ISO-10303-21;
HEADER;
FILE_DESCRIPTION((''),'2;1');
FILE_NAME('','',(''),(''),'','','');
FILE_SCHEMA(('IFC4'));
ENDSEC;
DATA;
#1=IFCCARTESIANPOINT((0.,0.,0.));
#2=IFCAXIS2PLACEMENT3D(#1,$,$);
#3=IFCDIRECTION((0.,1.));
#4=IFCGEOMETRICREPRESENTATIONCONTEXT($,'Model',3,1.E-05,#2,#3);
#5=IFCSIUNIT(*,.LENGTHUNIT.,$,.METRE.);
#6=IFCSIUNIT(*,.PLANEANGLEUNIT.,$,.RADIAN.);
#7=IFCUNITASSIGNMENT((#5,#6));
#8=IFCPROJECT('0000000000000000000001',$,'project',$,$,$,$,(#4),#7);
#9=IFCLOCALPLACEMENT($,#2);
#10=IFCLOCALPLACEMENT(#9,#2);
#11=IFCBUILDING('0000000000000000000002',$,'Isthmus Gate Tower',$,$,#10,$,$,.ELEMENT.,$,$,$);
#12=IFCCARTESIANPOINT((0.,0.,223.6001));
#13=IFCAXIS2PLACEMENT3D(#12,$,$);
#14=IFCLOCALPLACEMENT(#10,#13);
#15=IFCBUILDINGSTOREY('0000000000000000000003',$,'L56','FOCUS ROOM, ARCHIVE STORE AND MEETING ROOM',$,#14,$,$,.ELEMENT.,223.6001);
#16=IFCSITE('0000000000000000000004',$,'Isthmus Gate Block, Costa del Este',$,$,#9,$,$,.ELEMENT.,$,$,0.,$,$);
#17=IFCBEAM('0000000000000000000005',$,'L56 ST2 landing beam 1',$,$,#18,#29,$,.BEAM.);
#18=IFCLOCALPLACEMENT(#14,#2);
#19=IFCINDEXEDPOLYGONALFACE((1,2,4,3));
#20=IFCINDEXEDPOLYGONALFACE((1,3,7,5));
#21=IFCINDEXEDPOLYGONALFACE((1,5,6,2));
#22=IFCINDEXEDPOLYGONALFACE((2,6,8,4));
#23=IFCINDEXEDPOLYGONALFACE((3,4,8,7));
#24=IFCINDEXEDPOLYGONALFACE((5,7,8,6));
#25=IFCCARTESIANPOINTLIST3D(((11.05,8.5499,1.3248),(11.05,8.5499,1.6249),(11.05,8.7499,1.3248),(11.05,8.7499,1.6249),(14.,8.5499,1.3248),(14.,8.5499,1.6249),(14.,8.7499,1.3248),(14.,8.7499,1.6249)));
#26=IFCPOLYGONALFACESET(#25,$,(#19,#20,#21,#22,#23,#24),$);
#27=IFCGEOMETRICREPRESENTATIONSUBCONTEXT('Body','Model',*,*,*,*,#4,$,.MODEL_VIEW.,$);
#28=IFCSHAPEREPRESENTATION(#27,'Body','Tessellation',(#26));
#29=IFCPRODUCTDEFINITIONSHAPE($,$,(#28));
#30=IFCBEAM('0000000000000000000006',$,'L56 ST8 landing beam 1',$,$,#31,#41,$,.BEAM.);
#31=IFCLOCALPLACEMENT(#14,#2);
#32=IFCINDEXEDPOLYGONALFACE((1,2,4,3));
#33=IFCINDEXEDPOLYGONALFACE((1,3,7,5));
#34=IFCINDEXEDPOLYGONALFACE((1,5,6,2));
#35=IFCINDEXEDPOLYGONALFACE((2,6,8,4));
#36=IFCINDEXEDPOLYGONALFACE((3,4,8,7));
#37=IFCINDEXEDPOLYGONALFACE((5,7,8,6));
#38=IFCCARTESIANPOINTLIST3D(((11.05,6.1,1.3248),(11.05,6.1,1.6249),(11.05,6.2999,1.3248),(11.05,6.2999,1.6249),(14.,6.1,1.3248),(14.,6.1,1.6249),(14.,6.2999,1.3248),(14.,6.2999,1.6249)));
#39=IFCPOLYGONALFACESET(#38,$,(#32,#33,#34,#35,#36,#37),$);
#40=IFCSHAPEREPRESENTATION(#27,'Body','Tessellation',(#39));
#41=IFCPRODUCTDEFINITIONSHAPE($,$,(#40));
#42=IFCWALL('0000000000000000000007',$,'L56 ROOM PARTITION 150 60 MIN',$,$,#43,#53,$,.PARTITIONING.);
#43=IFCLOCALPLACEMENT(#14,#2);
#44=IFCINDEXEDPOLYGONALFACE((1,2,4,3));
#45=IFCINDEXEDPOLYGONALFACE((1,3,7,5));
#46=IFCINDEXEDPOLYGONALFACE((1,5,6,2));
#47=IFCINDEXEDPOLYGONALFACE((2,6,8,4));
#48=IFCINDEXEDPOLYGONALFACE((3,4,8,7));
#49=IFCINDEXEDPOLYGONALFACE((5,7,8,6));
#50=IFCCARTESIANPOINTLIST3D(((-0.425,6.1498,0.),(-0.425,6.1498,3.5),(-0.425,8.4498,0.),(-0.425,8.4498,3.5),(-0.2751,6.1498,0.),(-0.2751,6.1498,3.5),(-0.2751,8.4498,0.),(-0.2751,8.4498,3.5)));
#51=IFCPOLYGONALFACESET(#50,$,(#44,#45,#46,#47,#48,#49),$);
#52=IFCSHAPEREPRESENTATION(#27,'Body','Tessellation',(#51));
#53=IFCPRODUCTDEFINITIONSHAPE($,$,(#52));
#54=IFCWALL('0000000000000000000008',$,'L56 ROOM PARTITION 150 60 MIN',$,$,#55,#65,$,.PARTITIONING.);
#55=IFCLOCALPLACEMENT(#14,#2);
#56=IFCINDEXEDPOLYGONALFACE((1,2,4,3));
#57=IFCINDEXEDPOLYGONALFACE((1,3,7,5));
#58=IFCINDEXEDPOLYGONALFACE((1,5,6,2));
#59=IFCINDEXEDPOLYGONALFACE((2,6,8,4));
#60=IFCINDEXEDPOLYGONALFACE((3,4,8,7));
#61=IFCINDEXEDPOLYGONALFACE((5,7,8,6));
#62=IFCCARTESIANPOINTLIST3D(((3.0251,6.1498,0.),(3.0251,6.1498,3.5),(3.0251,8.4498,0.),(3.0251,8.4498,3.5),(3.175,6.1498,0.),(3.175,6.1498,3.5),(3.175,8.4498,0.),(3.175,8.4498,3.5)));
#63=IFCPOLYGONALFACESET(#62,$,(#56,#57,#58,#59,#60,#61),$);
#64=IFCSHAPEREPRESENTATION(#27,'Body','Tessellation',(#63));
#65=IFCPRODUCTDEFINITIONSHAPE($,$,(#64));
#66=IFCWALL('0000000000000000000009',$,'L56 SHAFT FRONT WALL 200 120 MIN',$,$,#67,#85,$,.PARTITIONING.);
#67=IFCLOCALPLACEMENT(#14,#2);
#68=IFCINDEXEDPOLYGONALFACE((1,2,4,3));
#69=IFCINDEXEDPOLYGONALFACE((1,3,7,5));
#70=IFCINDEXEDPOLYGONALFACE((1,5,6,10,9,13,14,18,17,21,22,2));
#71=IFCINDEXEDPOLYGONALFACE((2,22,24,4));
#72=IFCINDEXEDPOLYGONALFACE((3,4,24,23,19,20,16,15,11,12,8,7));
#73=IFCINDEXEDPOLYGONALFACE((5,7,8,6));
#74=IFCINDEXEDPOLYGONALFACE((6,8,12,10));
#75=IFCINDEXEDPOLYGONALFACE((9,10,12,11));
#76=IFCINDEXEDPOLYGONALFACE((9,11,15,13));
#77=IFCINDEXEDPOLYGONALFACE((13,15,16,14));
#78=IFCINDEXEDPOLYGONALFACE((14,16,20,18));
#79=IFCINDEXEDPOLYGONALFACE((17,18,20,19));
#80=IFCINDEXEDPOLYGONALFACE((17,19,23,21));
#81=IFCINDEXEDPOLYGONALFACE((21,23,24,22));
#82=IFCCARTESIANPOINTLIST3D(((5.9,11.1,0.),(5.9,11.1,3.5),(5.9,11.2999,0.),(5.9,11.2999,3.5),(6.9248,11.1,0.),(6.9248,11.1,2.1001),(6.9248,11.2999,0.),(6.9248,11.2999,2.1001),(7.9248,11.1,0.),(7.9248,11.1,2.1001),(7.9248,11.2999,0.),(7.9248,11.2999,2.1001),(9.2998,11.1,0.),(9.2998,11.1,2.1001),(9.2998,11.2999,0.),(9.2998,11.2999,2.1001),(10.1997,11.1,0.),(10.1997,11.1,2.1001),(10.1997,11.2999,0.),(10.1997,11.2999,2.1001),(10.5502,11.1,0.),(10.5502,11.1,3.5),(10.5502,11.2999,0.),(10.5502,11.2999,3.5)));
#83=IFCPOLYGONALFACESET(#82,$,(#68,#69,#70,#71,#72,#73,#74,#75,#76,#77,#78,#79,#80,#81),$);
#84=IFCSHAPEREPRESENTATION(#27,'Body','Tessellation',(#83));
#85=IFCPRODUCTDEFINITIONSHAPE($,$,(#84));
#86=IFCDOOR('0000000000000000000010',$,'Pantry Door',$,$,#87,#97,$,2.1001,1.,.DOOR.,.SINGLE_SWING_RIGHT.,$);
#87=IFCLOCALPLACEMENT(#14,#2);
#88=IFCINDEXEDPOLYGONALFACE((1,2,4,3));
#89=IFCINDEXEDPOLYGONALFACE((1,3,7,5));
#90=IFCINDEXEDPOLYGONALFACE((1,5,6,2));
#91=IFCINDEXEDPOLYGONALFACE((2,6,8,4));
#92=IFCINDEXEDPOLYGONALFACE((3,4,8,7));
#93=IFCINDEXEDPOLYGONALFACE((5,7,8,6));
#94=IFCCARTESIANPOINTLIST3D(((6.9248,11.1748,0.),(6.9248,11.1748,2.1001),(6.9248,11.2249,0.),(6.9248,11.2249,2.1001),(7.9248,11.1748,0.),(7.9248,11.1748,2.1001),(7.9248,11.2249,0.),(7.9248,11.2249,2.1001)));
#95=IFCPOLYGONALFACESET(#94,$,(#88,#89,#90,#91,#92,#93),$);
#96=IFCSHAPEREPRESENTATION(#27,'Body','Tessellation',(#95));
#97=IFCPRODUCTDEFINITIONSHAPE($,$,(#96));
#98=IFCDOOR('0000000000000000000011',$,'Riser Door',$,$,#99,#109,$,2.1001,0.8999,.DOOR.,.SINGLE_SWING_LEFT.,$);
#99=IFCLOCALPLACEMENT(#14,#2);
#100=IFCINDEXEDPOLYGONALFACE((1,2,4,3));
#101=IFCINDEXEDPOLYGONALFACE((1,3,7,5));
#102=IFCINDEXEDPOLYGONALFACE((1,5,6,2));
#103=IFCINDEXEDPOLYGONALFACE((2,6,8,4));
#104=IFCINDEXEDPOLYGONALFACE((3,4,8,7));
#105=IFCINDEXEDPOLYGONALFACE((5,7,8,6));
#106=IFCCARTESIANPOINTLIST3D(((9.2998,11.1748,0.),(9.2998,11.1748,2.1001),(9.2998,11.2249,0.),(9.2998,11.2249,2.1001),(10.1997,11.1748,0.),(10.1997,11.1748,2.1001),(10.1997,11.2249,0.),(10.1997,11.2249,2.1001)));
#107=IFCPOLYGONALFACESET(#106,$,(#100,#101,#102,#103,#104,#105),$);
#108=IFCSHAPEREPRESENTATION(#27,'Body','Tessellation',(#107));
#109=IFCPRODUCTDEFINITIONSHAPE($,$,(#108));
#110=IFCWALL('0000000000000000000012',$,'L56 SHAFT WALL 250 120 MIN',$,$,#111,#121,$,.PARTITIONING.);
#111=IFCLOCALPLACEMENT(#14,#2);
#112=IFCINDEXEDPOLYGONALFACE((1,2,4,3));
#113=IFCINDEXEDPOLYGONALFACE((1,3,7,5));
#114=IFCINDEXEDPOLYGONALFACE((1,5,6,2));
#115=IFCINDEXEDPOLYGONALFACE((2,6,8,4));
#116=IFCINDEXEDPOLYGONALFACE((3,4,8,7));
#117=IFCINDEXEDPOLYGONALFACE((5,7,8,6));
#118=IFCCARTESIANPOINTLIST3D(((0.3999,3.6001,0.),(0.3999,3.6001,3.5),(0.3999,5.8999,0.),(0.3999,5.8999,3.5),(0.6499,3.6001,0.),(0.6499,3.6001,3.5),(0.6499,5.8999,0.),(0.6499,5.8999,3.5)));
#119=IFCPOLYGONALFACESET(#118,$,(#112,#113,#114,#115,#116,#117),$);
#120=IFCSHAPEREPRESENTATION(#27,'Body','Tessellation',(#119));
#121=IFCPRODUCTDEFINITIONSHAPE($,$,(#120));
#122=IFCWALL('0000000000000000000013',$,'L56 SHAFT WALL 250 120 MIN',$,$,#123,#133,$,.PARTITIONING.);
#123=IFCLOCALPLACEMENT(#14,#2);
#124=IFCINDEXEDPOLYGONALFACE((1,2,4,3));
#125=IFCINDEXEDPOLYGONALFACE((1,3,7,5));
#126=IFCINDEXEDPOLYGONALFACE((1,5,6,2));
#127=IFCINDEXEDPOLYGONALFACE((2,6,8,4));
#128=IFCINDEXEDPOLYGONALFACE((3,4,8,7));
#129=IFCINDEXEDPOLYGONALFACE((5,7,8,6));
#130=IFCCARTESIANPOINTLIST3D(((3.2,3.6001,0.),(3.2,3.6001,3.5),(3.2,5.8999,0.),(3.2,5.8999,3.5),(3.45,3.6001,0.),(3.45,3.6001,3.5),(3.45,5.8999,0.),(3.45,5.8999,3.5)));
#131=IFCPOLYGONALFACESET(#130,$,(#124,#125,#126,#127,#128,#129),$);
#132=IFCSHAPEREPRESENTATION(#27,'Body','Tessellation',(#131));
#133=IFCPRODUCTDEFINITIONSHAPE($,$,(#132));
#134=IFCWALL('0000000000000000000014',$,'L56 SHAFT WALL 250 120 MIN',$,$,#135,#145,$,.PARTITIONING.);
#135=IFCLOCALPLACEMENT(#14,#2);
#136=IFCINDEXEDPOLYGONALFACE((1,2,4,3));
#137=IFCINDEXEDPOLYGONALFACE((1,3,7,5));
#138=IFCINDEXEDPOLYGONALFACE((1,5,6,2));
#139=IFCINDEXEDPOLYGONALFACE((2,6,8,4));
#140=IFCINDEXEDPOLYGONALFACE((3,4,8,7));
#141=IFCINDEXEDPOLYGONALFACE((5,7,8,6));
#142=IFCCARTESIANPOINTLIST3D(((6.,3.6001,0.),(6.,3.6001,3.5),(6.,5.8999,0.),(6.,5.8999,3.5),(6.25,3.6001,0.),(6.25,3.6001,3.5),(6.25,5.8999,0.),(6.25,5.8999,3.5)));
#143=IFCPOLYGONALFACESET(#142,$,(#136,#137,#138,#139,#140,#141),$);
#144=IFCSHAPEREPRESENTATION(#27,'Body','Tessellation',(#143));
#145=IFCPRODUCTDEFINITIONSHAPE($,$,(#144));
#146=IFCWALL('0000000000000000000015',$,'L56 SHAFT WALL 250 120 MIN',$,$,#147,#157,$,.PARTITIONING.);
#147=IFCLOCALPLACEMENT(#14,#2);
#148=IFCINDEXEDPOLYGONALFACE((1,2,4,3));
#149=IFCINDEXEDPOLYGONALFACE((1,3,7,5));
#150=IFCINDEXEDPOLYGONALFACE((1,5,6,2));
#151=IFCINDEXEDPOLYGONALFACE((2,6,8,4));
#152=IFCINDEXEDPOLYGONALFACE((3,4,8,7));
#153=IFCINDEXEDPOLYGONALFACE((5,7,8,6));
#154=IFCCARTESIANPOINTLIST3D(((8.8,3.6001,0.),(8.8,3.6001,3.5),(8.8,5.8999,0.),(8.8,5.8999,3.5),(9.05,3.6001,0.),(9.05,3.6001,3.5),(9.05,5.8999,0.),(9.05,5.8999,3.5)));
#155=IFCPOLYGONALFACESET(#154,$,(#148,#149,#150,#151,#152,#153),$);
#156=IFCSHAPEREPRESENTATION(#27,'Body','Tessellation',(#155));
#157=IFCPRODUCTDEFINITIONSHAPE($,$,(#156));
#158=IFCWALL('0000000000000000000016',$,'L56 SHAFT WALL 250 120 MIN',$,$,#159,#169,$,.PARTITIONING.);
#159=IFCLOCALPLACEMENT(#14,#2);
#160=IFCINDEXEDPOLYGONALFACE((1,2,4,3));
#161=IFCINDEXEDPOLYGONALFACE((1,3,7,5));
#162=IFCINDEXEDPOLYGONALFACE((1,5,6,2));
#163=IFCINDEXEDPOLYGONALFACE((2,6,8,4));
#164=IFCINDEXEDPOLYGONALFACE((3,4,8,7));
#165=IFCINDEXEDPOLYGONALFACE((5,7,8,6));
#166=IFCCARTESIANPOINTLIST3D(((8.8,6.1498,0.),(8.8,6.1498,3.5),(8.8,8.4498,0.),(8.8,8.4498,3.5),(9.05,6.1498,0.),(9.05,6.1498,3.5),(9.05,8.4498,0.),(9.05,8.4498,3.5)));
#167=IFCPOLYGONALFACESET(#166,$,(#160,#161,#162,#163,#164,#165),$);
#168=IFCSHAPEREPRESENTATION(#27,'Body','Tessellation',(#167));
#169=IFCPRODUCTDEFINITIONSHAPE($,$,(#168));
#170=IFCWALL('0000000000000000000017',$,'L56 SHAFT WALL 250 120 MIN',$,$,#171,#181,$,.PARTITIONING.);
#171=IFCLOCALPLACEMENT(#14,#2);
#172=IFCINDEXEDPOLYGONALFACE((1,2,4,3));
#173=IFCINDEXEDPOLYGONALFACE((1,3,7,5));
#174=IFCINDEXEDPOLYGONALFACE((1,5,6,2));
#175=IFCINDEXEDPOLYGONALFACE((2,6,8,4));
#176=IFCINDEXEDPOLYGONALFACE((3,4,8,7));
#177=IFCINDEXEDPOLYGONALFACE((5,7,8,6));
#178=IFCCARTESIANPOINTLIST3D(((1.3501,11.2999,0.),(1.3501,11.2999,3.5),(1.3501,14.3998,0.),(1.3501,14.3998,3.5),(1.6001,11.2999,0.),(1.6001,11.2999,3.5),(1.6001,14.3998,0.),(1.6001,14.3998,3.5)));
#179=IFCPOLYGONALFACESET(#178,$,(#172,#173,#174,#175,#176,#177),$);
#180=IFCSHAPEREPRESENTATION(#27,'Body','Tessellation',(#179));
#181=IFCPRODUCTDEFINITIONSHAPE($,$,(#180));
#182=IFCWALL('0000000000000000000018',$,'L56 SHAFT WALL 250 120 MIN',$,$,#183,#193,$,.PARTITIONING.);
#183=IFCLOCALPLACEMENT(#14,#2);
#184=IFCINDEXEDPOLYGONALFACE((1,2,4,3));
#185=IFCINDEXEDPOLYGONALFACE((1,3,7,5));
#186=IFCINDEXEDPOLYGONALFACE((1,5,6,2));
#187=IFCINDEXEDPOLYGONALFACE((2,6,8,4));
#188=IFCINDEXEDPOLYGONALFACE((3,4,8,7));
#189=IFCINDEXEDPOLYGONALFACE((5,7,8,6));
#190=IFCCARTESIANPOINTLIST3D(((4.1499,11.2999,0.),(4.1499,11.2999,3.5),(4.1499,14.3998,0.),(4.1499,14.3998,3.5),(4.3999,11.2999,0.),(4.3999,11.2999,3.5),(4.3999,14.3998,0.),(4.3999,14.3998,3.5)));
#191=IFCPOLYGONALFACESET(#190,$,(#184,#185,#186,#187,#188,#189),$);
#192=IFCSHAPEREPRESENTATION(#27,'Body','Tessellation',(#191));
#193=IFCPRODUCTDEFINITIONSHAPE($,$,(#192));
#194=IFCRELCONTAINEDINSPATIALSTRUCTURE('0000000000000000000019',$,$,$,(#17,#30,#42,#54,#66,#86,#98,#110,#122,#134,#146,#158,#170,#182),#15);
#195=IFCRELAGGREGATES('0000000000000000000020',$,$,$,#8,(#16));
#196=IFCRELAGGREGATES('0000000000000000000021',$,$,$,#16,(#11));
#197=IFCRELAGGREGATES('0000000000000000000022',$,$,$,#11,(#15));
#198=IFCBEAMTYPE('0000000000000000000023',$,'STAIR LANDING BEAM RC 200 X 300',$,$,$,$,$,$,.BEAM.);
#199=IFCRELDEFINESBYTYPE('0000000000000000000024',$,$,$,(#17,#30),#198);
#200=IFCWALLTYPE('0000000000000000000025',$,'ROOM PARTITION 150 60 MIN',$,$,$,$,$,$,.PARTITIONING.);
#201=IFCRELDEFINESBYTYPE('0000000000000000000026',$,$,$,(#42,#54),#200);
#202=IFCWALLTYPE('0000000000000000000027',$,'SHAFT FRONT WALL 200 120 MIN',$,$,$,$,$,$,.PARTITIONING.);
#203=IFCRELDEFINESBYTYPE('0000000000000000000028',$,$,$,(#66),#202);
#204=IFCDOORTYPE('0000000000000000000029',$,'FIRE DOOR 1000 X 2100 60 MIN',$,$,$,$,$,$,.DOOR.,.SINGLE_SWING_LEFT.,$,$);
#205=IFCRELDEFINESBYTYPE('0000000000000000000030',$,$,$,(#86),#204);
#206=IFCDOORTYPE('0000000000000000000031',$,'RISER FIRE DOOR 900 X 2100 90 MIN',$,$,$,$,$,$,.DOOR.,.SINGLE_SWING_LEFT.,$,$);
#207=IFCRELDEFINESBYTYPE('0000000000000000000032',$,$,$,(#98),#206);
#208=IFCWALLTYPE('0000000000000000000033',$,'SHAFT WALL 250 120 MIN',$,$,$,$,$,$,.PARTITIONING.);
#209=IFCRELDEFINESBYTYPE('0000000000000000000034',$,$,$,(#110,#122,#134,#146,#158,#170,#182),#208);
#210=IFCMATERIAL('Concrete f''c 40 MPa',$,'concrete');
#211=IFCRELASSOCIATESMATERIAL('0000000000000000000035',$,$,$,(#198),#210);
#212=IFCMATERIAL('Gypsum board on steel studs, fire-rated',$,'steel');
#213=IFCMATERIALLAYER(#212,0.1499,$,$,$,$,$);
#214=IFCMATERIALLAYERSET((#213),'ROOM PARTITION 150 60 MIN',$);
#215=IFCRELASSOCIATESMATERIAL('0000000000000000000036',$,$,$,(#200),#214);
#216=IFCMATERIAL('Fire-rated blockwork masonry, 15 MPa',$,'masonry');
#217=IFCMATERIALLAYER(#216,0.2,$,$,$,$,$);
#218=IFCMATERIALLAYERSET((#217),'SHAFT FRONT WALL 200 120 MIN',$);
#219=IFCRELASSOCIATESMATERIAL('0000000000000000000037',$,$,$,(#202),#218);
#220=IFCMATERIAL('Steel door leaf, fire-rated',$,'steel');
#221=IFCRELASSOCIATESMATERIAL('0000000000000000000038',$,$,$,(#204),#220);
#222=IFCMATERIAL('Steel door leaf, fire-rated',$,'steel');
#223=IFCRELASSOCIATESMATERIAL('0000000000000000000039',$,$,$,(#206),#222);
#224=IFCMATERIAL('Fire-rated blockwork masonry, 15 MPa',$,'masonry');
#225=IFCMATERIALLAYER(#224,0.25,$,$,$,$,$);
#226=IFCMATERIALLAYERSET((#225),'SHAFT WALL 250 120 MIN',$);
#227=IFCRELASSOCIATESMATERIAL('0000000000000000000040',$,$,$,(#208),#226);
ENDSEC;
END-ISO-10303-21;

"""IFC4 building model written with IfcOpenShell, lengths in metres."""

from ifc_helpers import new_model, si_unit, direction, frame, frame_2d, origin, origin_2d, place, context, subcontext, project, spatial, rectangle, extrude, material, layer, layer_set, material_profile, profile_set, type_object, element, fill, save


model = new_model("IFC4")

# Units and contexts
model_context = context("Model", 3, precision=1e-05, world=origin(), true_north=direction((0.0, 1.0)))
body_context = subcontext(model_context, "Body", "Model", "MODEL_VIEW")
ifc_project = project(units=[si_unit("LENGTHUNIT", "METRE"), si_unit("PLANEANGLEUNIT", "RADIAN")], contexts=[model_context])

# Site, building, storey
site_placement = place(None, origin())
site = spatial("IfcSite", under=ifc_project, at=site_placement, Name="Isthmus Gate Block, Costa del Este", CompositionType="ELEMENT", RefElevation=0.0)
building_placement = place(site_placement, origin())
building = spatial("IfcBuilding", under=site, at=building_placement, Name="Isthmus Gate Tower", CompositionType="ELEMENT")
storey_placement = place(building_placement, frame((0.0, 0.0, 223.6001)))
storey = spatial("IfcBuildingStorey", under=building, at=storey_placement, Name="L56", Description="FOCUS ROOM, ARCHIVE STORE AND MEETING ROOM", CompositionType="ELEMENT", Elevation=223.6001)

# Beams
ifc_material_1 = material(Name="Concrete f'c 40 MPa", Category="concrete")
ifc_material_profile = material_profile(ifc_material_1, rectangle(XDim=0.2, YDim=0.3, at=origin_2d()), Name="STAIR LANDING BEAM RC 200 X 300")
ifc_profile_set = profile_set([ifc_material_profile], Name="Concrete f'c 40 MPa")
beam_type = type_object("IfcBeamType", Name="STAIR LANDING BEAM RC 200 X 300", PredefinedType="BEAM", material=ifc_profile_set)
for number, where, z_axis, x_axis, name in (
    (1, (11.05, 8.6499, 1.4749), (1.0, 0.0, 0.0), (0.0, 1.0, 0.0), "L56 ST2 landing beam 1"),
    (2, (11.05, 6.2, 1.4749), (1.0, 0.0, 0.0), (0.0, 1.0, 0.0), "L56 ST8 landing beam 1"),
):
    element("IfcBeam", number, at=place(storey_placement, frame(where, z_axis=z_axis, x_axis=x_axis)), inside=storey, type_object=beam_type, Name=name, PredefinedType="BEAM", context=body_context, shape_type="SweptSolid", body=[
        extrude(rectangle(XDim=0.2, YDim=0.3, at=origin_2d()), origin(), (0.0, 0.0, 1.0), 2.95),
    ])

# Walls
ifc_material_2 = material(Name="Gypsum board on steel studs, fire-rated", Category="steel")
ifc_layer_1 = layer(ifc_material_2, 0.1499)
ifc_layer_set_1 = layer_set([ifc_layer_1], Name="ROOM PARTITION 150 60 MIN")
wall_type_1 = type_object("IfcWallType", Name="ROOM PARTITION 150 60 MIN", PredefinedType="PARTITIONING", material=ifc_layer_set_1)
for number, where, z_axis, x_axis, name in (
    (3, (-0.3501, 6.1499, 0.0), (0.0, 0.0, 1.0), (0.0, 1.0, 0.0), "L56 ROOM PARTITION 150 60 MIN"),
    (4, (3.1001, 6.1499, 0.0), (0.0, 0.0, 1.0), (0.0, 1.0, 0.0), "L56 ROOM PARTITION 150 60 MIN"),
):
    element("IfcWall", number, at=place(storey_placement, frame(where, z_axis=z_axis, x_axis=x_axis)), inside=storey, type_object=wall_type_1, Name=name, PredefinedType="PARTITIONING", context=body_context, shape_type="SweptSolid", body=[
        extrude(rectangle(XDim=2.3, YDim=0.1499, at=frame_2d((1.1499, 0.0))), origin(), (0.0, 0.0, 1.0), 3.5),
    ])

# Wall, openings, doors
ifc_material_3 = material(Name="Fire-rated blockwork masonry, 15 MPa", Category="masonry")
ifc_layer_2 = layer(ifc_material_3, 0.2)
ifc_layer_set_2 = layer_set([ifc_layer_2], Name="SHAFT FRONT WALL 200 120 MIN")
wall_type_2 = type_object("IfcWallType", Name="SHAFT FRONT WALL 200 120 MIN", PredefinedType="PARTITIONING", material=ifc_layer_set_2)
wall_1_placement = place(storey_placement, frame((5.8999, 11.2, 0.0), z_axis=(0.0, 0.0, 1.0), x_axis=(1.0, 0.0, 0.0)))
wall_1 = element("IfcWall", 5, at=wall_1_placement, inside=storey, type_object=wall_type_2, Name="L56 SHAFT FRONT WALL 200 120 MIN", PredefinedType="PARTITIONING", context=body_context, shape_type="SweptSolid", body=[
    extrude(rectangle(XDim=4.6501, YDim=0.2, at=frame_2d((2.3252, 0.0))), origin(), (0.0, 0.0, 1.0), 3.5),
])
opening_1_placement = place(wall_1_placement, frame((1.0249, 0.0, 0.0)))
opening_1 = element("IfcOpeningElement", 6, at=opening_1_placement, cuts=wall_1, PredefinedType="OPENING", context=body_context, shape_type="SweptSolid", body=[
    extrude(rectangle(XDim=1.0, YDim=2.1001, at=frame_2d((0.5, 1.05))), frame((0.0, 0.1099, 0.0), z_axis=(0.0, -1.0, 0.0), x_axis=(1.0, 0.0, 0.0)), (0.0, 0.0, 1.0), 0.22),
])
opening_2_placement = place(wall_1_placement, frame((3.3999, 0.0, 0.0)))
opening_2 = element("IfcOpeningElement", 7, at=opening_2_placement, cuts=wall_1, PredefinedType="OPENING", context=body_context, shape_type="SweptSolid", body=[
    extrude(rectangle(XDim=0.8999, YDim=2.1001, at=frame_2d((0.45, 1.05))), frame((0.0, 0.1099, 0.0), z_axis=(0.0, -1.0, 0.0), x_axis=(1.0, 0.0, 0.0)), (0.0, 0.0, 1.0), 0.22),
])
ifc_material_4 = material(Name="Steel door leaf, fire-rated", Category="steel")
door_type_1 = type_object("IfcDoorType", Name="FIRE DOOR 1000 X 2100 60 MIN", OperationType="SINGLE_SWING_LEFT", PredefinedType="DOOR", material=ifc_material_4)
door_1_placement = place(opening_1_placement, origin())
door_1 = element("IfcDoor", 8, at=door_1_placement, inside=storey, type_object=door_type_1, Name="Pantry Door", OperationType="SINGLE_SWING_RIGHT", OverallHeight=2.1001, OverallWidth=1.0, PredefinedType="DOOR", context=body_context, shape_type="SweptSolid", body=[
    extrude(rectangle(XDim=1.0, YDim=2.1001, at=frame_2d((0.5, 1.05))), frame((0.0, 0.0249, 0.0), z_axis=(0.0, -1.0, 0.0), x_axis=(1.0, 0.0, 0.0)), (0.0, 0.0, 1.0), 0.05),
])
fill(opening_1, door_1)
ifc_material_5 = material(Name="Steel door leaf, fire-rated", Category="steel")
door_type_2 = type_object("IfcDoorType", Name="RISER FIRE DOOR 900 X 2100 90 MIN", OperationType="SINGLE_SWING_LEFT", PredefinedType="DOOR", material=ifc_material_5)
door_2_placement = place(opening_2_placement, origin())
door_2 = element("IfcDoor", 9, at=door_2_placement, inside=storey, type_object=door_type_2, Name="Riser Door", OperationType="SINGLE_SWING_LEFT", OverallHeight=2.1001, OverallWidth=0.8999, PredefinedType="DOOR", context=body_context, shape_type="SweptSolid", body=[
    extrude(rectangle(XDim=0.8999, YDim=2.1001, at=frame_2d((0.45, 1.05))), frame((0.0, 0.0249, 0.0), z_axis=(0.0, -1.0, 0.0), x_axis=(1.0, 0.0, 0.0)), (0.0, 0.0, 1.0), 0.05),
])
fill(opening_2, door_2)

# Walls
ifc_material_6 = material(Name="Fire-rated blockwork masonry, 15 MPa", Category="masonry")
ifc_layer_3 = layer(ifc_material_6, 0.25)
ifc_layer_set_3 = layer_set([ifc_layer_3], Name="SHAFT WALL 250 120 MIN")
wall_type_3 = type_object("IfcWallType", Name="SHAFT WALL 250 120 MIN", PredefinedType="PARTITIONING", material=ifc_layer_set_3)
for number, where, z_axis, x_axis, name in (
    (10, (0.5249, 3.6001, 0.0), (0.0, 0.0, 1.0), (0.0, 1.0, 0.0), "L56 SHAFT WALL 250 120 MIN"),
    (11, (3.325, 3.6001, 0.0), (0.0, 0.0, 1.0), (0.0, 1.0, 0.0), "L56 SHAFT WALL 250 120 MIN"),
    (12, (6.125, 3.6001, 0.0), (0.0, 0.0, 1.0), (0.0, 1.0, 0.0), "L56 SHAFT WALL 250 120 MIN"),
    (13, (8.925, 3.6001, 0.0), (0.0, 0.0, 1.0), (0.0, 1.0, 0.0), "L56 SHAFT WALL 250 120 MIN"),
):
    element("IfcWall", number, at=place(storey_placement, frame(where, z_axis=z_axis, x_axis=x_axis)), inside=storey, type_object=wall_type_3, Name=name, PredefinedType="PARTITIONING", context=body_context, shape_type="SweptSolid", body=[
        extrude(rectangle(XDim=2.2998, YDim=0.25, at=frame_2d((1.1499, 0.0))), origin(), (0.0, 0.0, 1.0), 3.5),
    ])
wall_2_placement = place(storey_placement, frame((8.925, 6.1499, 0.0), z_axis=(0.0, 0.0, 1.0), x_axis=(0.0, 1.0, 0.0)))
element("IfcWall", 14, at=wall_2_placement, inside=storey, type_object=wall_type_3, Name="L56 SHAFT WALL 250 120 MIN", PredefinedType="PARTITIONING", context=body_context, shape_type="SweptSolid", body=[
    extrude(rectangle(XDim=2.3, YDim=0.25, at=frame_2d((1.1499, 0.0))), origin(), (0.0, 0.0, 1.0), 3.5),
])
for number, where, z_axis, x_axis, name in (
    (15, (1.4751, 11.3, 0.0), (0.0, 0.0, 1.0), (0.0, 1.0, 0.0), "L56 SHAFT WALL 250 120 MIN"),
    (16, (4.2749, 11.3, 0.0), (0.0, 0.0, 1.0), (0.0, 1.0, 0.0), "L56 SHAFT WALL 250 120 MIN"),
):
    element("IfcWall", number, at=place(storey_placement, frame(where, z_axis=z_axis, x_axis=x_axis)), inside=storey, type_object=wall_type_3, Name=name, PredefinedType="PARTITIONING", context=body_context, shape_type="SweptSolid", body=[
        extrude(rectangle(XDim=3.0999, YDim=0.25, at=frame_2d((1.5498, 0.0))), origin(), (0.0, 0.0, 1.0), 3.5),
    ])

save(model, "model.ifc")
